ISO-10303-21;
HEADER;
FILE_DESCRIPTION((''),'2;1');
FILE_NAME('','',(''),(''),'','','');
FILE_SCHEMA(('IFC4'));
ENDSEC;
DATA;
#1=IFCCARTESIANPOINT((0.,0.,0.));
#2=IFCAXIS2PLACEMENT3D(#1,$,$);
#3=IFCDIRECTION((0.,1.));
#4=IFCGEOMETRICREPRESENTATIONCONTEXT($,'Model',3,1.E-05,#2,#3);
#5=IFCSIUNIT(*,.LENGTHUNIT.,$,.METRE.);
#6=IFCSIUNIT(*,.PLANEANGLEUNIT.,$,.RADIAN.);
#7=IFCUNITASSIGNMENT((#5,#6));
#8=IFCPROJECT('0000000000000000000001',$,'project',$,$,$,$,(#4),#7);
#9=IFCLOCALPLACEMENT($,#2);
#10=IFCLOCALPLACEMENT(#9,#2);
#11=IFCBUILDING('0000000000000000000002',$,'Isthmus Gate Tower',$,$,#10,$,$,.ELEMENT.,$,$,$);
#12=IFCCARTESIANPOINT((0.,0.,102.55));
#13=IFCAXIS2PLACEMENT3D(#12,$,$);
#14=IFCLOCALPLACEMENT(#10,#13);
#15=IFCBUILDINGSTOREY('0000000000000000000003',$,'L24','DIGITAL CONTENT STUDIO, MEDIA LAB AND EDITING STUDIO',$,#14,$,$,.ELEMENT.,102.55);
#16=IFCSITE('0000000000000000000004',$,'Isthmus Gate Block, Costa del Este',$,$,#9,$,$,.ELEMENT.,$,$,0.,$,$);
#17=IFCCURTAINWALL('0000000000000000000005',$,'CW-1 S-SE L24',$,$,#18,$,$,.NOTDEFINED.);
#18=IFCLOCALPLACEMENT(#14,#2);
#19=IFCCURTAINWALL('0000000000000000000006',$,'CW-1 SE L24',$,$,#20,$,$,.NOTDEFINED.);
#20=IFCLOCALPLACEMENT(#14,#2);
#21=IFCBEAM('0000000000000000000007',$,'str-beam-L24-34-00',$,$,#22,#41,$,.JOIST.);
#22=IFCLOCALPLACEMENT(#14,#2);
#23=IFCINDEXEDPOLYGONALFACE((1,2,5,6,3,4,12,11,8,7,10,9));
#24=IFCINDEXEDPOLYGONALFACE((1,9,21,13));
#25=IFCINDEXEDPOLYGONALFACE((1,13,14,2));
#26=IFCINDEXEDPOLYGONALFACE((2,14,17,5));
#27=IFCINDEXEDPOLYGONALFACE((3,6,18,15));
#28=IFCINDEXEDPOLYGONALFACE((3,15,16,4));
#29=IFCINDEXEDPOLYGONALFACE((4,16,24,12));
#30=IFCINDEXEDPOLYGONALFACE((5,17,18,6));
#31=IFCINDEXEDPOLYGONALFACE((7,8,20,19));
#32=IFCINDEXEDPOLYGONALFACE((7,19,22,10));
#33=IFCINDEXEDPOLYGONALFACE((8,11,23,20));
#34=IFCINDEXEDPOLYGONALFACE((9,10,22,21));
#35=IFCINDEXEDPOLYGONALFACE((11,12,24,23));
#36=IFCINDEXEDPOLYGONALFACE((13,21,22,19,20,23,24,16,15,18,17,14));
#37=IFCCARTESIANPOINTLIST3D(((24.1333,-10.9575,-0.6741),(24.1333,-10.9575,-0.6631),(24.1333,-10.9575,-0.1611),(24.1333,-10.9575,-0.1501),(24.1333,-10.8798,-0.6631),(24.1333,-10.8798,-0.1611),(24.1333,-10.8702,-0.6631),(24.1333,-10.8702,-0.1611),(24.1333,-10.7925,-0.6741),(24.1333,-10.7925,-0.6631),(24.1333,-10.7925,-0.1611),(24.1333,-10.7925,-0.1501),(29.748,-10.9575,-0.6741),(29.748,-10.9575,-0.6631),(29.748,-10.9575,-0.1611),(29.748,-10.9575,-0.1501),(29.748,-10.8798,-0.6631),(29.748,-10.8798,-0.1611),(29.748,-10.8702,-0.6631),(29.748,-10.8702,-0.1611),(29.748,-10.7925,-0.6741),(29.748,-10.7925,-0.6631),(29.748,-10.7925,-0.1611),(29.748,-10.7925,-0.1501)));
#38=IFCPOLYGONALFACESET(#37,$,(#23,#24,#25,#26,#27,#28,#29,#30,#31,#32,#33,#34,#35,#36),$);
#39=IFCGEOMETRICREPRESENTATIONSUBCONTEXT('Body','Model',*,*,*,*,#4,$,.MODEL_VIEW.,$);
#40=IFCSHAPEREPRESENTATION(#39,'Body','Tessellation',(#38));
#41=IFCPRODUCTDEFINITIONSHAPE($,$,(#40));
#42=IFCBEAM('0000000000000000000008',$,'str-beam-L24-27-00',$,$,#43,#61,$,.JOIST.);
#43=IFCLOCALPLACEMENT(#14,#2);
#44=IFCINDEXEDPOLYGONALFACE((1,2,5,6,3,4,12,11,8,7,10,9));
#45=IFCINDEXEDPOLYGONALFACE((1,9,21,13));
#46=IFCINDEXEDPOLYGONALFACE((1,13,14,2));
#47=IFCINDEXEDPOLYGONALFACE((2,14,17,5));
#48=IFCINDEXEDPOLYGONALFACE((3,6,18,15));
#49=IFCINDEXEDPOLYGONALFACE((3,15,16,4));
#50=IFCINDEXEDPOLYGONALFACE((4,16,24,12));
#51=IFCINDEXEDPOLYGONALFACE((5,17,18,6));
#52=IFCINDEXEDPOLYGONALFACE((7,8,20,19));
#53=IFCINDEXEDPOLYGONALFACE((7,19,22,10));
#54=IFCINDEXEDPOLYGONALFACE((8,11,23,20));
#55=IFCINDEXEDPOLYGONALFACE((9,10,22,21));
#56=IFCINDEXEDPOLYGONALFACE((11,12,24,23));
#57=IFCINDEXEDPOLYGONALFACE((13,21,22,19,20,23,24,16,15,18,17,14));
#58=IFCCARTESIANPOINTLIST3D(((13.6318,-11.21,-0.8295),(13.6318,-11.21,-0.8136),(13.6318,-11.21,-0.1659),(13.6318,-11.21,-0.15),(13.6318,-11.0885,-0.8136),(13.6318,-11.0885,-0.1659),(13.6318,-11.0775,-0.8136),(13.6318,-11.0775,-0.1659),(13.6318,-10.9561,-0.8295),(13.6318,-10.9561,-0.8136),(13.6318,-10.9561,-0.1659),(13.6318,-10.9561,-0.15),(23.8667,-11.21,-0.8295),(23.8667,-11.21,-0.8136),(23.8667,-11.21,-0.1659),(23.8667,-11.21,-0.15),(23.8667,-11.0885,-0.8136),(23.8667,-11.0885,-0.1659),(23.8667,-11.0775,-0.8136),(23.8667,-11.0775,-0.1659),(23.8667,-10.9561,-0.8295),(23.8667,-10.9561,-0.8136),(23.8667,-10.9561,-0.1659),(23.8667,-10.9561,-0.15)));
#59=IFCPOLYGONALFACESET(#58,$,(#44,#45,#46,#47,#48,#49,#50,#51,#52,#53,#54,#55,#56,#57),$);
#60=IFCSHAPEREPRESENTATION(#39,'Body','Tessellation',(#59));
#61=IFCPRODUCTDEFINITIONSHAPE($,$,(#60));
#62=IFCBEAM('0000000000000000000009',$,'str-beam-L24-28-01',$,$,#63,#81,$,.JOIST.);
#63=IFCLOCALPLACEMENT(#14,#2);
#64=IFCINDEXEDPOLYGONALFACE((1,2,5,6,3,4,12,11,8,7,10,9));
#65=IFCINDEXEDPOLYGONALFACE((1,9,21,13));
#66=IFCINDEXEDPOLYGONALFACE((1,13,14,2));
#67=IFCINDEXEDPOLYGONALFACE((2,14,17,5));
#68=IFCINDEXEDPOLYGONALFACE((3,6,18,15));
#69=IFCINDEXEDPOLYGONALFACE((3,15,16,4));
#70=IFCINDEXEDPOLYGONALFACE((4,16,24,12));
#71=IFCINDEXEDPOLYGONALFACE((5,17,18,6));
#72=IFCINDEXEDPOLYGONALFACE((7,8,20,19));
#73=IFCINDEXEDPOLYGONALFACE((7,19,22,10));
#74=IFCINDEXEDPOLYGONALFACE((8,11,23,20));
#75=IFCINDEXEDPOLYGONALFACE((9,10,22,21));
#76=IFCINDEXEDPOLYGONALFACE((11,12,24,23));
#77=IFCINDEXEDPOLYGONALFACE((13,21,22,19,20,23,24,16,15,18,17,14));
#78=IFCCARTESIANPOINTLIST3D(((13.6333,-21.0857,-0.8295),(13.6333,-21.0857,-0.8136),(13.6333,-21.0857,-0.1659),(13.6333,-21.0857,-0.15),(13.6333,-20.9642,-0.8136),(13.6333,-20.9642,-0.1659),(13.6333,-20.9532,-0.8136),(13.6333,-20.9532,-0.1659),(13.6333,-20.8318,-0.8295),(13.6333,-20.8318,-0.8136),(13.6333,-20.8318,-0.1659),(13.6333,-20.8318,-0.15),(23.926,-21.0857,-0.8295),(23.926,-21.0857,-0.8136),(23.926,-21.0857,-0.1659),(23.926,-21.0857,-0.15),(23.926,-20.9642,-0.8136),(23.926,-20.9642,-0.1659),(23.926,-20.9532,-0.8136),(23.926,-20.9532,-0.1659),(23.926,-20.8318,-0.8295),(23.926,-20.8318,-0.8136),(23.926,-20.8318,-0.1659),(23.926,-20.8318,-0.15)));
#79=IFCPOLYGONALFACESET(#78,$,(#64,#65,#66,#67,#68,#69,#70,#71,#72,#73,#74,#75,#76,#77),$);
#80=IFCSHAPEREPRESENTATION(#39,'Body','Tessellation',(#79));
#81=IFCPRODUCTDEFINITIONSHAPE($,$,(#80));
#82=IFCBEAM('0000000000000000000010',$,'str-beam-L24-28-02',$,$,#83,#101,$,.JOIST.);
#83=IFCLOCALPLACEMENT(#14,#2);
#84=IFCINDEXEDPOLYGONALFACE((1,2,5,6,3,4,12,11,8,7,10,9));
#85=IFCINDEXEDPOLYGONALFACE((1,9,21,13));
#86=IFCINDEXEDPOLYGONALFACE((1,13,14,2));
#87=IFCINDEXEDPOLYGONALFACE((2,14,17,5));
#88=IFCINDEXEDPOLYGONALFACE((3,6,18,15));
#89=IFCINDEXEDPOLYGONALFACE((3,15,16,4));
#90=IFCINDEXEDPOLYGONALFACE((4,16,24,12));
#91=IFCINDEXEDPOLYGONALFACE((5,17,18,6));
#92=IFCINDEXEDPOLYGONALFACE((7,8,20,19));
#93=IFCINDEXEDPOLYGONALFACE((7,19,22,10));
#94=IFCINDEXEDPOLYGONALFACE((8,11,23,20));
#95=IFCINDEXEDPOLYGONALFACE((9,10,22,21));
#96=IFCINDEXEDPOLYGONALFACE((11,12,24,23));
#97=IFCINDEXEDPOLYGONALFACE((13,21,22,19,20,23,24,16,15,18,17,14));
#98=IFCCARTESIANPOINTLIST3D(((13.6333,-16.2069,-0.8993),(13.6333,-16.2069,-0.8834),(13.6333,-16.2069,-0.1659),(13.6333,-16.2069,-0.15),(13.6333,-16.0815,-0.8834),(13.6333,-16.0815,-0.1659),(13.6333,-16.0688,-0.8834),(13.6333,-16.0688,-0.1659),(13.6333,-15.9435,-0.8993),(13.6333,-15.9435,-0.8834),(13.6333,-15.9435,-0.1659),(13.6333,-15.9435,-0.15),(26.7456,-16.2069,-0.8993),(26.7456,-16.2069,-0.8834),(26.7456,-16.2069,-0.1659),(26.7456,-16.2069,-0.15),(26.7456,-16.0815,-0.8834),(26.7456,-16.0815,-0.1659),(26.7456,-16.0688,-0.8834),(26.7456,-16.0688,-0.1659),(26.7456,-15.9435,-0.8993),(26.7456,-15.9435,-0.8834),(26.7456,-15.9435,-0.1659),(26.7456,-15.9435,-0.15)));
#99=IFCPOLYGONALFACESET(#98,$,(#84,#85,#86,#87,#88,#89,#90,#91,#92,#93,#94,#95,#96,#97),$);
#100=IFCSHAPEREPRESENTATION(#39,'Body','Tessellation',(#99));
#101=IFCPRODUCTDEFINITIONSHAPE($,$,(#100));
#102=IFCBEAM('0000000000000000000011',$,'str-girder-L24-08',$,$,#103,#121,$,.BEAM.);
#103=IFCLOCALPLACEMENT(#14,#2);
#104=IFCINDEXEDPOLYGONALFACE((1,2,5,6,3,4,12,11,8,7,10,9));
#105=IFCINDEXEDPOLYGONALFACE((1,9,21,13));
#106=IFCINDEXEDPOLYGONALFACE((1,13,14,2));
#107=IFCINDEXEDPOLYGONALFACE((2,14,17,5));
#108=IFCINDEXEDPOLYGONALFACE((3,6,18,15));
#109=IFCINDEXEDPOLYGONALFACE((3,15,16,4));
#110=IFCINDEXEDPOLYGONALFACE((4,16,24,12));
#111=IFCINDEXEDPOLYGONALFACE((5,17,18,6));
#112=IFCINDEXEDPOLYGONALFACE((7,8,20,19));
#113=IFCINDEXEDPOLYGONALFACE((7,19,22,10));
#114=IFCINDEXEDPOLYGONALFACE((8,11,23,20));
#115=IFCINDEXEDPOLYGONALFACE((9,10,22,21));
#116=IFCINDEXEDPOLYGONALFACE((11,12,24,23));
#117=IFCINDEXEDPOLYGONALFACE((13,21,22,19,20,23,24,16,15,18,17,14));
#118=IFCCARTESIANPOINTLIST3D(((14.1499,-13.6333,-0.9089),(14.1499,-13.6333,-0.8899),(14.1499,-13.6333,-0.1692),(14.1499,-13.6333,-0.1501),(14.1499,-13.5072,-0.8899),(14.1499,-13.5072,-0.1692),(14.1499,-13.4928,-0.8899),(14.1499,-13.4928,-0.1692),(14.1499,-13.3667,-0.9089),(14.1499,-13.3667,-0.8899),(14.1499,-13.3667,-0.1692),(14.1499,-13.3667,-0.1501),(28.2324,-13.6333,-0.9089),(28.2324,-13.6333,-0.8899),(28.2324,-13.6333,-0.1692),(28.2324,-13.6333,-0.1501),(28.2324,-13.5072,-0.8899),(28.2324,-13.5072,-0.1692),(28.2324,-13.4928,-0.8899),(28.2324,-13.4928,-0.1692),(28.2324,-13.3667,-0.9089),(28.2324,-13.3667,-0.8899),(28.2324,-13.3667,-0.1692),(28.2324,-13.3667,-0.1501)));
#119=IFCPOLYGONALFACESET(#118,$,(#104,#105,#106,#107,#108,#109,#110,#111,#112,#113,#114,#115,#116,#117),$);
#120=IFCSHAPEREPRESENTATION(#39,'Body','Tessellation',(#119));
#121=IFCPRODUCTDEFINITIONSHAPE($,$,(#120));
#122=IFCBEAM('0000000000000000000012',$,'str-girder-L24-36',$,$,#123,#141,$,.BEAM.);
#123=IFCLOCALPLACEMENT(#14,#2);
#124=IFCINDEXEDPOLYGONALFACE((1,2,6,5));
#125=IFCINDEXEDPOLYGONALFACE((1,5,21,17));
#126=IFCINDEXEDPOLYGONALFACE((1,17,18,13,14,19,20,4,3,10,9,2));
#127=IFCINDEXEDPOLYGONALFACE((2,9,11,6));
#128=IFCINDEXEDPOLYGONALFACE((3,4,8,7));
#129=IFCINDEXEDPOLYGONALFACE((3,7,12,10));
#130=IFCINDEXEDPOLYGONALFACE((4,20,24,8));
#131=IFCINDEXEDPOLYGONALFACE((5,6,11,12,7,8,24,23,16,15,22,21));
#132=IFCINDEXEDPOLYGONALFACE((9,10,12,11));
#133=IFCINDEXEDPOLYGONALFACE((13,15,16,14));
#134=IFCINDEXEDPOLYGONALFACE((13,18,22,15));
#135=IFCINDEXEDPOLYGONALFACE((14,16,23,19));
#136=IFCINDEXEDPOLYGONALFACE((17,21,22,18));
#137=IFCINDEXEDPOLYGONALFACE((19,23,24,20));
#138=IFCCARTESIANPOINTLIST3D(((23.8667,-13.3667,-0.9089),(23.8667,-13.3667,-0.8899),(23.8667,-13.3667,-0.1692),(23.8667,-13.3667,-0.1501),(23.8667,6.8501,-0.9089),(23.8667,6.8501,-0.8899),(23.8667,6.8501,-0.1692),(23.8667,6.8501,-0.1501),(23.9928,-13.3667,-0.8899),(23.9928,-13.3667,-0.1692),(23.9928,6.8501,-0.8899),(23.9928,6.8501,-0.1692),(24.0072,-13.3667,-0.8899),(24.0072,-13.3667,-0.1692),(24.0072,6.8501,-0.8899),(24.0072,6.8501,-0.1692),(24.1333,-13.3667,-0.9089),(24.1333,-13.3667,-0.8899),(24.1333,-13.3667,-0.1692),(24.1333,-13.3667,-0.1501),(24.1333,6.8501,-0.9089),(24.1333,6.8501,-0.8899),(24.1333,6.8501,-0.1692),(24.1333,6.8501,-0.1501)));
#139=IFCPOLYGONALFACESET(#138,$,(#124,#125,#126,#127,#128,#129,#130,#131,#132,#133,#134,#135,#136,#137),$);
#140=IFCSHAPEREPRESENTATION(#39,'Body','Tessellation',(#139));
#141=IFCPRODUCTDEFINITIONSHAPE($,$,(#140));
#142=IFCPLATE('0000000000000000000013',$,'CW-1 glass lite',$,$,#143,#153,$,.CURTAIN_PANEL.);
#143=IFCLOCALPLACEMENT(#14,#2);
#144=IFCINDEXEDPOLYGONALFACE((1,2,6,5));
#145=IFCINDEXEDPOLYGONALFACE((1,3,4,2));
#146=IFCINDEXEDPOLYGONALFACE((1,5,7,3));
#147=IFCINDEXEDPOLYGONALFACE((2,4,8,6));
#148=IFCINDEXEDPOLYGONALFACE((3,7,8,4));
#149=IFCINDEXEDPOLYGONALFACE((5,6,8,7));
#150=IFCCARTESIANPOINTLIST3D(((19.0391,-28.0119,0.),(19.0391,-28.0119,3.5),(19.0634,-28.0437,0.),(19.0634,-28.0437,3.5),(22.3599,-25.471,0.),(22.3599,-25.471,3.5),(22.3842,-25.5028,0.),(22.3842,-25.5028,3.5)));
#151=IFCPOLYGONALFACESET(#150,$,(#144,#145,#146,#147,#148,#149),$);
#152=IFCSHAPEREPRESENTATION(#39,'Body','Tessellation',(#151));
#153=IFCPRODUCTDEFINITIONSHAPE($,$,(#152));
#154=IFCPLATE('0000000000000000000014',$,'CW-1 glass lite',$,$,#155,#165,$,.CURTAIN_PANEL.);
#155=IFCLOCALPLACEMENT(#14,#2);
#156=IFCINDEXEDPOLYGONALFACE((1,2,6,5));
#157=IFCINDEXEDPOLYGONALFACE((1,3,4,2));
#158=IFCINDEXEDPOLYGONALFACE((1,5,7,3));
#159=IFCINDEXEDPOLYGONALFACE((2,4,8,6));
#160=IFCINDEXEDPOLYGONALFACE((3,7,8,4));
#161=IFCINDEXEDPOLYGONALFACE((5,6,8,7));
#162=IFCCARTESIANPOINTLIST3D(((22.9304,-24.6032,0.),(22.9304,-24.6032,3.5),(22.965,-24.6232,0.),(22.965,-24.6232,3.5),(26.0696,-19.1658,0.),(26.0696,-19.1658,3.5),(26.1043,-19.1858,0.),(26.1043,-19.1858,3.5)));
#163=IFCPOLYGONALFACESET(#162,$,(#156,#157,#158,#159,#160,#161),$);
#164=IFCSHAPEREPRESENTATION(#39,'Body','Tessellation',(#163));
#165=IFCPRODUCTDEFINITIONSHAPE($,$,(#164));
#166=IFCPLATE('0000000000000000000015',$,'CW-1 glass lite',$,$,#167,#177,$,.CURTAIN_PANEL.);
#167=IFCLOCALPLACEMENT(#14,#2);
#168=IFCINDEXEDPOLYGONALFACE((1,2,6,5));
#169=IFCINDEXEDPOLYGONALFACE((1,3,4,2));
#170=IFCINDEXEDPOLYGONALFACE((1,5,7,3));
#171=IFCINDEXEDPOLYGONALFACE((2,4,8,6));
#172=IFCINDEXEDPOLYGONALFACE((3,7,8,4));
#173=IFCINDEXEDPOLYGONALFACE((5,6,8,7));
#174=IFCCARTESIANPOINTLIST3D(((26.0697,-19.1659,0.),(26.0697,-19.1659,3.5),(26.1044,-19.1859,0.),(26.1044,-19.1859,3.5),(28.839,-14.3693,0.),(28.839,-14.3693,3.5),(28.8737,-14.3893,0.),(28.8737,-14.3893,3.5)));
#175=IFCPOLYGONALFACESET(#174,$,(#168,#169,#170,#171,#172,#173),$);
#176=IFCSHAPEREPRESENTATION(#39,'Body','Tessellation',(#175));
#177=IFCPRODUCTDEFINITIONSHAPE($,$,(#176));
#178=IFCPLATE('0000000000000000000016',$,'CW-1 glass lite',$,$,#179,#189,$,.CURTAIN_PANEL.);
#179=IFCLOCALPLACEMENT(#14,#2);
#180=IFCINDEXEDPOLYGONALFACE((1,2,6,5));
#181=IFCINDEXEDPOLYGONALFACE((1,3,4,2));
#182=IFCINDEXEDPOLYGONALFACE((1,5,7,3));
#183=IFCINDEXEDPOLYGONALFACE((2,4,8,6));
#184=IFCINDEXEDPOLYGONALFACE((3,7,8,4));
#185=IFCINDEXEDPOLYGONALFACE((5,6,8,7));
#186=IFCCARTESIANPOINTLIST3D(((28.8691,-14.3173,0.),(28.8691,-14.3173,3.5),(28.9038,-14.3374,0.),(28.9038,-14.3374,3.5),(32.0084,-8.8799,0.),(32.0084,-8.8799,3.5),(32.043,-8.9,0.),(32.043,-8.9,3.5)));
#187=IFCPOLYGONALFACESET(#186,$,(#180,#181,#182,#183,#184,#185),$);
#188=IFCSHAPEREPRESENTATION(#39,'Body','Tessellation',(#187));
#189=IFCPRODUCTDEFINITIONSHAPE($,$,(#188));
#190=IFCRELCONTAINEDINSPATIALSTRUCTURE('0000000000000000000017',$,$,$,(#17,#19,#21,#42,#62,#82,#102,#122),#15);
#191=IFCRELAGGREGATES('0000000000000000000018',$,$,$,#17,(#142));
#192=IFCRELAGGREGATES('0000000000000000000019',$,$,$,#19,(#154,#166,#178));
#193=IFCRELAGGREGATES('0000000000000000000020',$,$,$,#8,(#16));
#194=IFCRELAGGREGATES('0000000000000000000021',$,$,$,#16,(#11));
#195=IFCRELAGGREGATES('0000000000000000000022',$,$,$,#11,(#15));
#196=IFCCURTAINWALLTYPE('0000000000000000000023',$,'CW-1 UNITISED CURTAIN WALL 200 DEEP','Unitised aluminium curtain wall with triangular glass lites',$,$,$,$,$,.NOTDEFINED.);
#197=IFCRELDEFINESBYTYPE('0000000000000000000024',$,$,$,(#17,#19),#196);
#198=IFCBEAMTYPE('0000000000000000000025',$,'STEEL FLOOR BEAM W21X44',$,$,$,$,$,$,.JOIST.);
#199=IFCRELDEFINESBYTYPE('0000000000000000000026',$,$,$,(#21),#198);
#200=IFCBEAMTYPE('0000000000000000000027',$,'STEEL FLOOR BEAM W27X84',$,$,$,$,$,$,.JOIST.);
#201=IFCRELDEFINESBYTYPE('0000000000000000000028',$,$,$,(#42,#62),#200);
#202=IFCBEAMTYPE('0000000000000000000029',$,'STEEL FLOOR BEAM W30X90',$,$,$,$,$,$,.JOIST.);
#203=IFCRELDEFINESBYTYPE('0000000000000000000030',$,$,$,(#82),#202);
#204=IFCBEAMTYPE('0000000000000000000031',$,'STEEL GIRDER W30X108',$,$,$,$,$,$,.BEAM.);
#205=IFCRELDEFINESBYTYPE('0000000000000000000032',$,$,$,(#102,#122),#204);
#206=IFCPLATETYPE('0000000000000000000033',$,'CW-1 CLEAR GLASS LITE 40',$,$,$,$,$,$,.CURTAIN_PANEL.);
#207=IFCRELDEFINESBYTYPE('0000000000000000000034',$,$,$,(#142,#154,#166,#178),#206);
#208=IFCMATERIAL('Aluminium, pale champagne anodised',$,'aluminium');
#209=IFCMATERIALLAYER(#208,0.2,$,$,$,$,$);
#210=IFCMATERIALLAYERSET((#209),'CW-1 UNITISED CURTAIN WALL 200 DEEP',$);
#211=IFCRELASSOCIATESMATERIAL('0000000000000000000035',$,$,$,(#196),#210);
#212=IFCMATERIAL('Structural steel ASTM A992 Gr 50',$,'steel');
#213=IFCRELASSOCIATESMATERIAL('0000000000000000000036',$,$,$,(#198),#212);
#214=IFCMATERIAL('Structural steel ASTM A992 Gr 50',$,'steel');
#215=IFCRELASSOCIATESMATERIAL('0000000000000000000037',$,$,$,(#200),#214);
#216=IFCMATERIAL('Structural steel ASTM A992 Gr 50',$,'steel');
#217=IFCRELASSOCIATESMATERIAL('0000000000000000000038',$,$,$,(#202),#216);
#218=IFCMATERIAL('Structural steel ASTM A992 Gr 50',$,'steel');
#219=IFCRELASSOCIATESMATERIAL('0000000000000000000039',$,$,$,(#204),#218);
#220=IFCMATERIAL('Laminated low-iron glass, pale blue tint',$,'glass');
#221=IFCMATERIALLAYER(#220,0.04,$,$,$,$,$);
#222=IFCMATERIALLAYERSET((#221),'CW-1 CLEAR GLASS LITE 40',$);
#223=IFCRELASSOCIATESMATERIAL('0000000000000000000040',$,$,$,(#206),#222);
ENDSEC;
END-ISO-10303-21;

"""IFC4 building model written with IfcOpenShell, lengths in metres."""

from ifc_helpers import new_model, si_unit, direction, frame, origin, origin_2d, place, context, subcontext, project, spatial, rectangle, i_section, extrude, material, layer, layer_set, material_profile, profile_set, type_object, element, aggregate, save


model = new_model("IFC4")

# Units and contexts
model_context = context("Model", 3, precision=1e-05, world=origin(), true_north=direction((0.0, 1.0)))
body_context = subcontext(model_context, "Body", "Model", "MODEL_VIEW")
ifc_project = project(units=[si_unit("LENGTHUNIT", "METRE"), si_unit("PLANEANGLEUNIT", "RADIAN")], contexts=[model_context])

# Site, building, storey
site_placement = place(None, origin())
site = spatial("IfcSite", under=ifc_project, at=site_placement, Name="Isthmus Gate Block, Costa del Este", CompositionType="ELEMENT", RefElevation=0.0)
building_placement = place(site_placement, origin())
building = spatial("IfcBuilding", under=site, at=building_placement, Name="Isthmus Gate Tower", CompositionType="ELEMENT")
storey_placement = place(building_placement, frame((0.0, 0.0, 102.55)))
storey = spatial("IfcBuildingStorey", under=building, at=storey_placement, Name="L24", Description="DIGITAL CONTENT STUDIO, MEDIA LAB AND EDITING STUDIO", CompositionType="ELEMENT", Elevation=102.55)

# Curtain wall
ifc_material_1 = material(Name="Aluminium, pale champagne anodised", Category="aluminium")
ifc_layer_1 = layer(ifc_material_1, 0.2)
ifc_layer_set_1 = layer_set([ifc_layer_1], Name="CW-1 UNITISED CURTAIN WALL 200 DEEP")
curtain_wall_type = type_object("IfcCurtainWallType", Name="CW-1 UNITISED CURTAIN WALL 200 DEEP", Description="Unitised aluminium curtain wall with triangular glass lites", PredefinedType="NOTDEFINED", material=ifc_layer_set_1)
curtain_wall_1_placement = place(storey_placement, origin())
curtain_wall_1 = element("IfcCurtainWall", 1, at=curtain_wall_1_placement, inside=storey, type_object=curtain_wall_type, Name="CW-1 S-SE L24", PredefinedType="NOTDEFINED")

# Curtain wall
curtain_wall_2_placement = place(storey_placement, origin())
curtain_wall_2 = element("IfcCurtainWall", 2, at=curtain_wall_2_placement, inside=storey, type_object=curtain_wall_type, Name="CW-1 SE L24", PredefinedType="NOTDEFINED")

# Beams
ifc_material_2 = material(Name="Structural steel ASTM A992 Gr 50", Category="steel")
ifc_material_profile_1 = material_profile(ifc_material_2, i_section(OverallWidth=0.165, OverallDepth=0.5239, WebThickness=0.0095, FlangeThickness=0.011, at=origin_2d()), Name="W21X44")
ifc_profile_set_1 = profile_set([ifc_material_profile_1], Name="Structural steel ASTM A992 Gr 50")
beam_type_1 = type_object("IfcBeamType", Name="STEEL FLOOR BEAM W21X44", PredefinedType="JOIST", material=ifc_profile_set_1)
beam_1_placement = place(storey_placement, frame((24.1333, -10.875, -0.4121), z_axis=(1.0, 0.0, 0.0), x_axis=(0.0, 1.0, 0.0)))
element("IfcBeam", 3, at=beam_1_placement, inside=storey, type_object=beam_type_1, Name="str-beam-L24-34-00", PredefinedType="JOIST", context=body_context, shape_type="SweptSolid", body=[
    extrude(i_section(OverallWidth=0.165, OverallDepth=0.5239, WebThickness=0.0095, FlangeThickness=0.011, at=origin_2d()), origin(), (0.0, 0.0, 1.0), 5.6147),
])
ifc_material_3 = material(Name="Structural steel ASTM A992 Gr 50", Category="steel")
ifc_material_profile_2 = material_profile(ifc_material_3, i_section(OverallWidth=0.2539, OverallDepth=0.6794, WebThickness=0.011, FlangeThickness=0.0159, at=origin_2d()), Name="W27X84")
ifc_profile_set_2 = profile_set([ifc_material_profile_2], Name="Structural steel ASTM A992 Gr 50")
beam_type_2 = type_object("IfcBeamType", Name="STEEL FLOOR BEAM W27X84", PredefinedType="JOIST", material=ifc_profile_set_2)
beam_2_placement = place(storey_placement, frame((13.6318, -11.083, -0.4897), z_axis=(1.0, 0.0, 0.0), x_axis=(0.0, 1.0, 0.0)))
element("IfcBeam", 4, at=beam_2_placement, inside=storey, type_object=beam_type_2, Name="str-beam-L24-27-00", PredefinedType="JOIST", context=body_context, shape_type="SweptSolid", body=[
    extrude(i_section(OverallWidth=0.2539, OverallDepth=0.6794, WebThickness=0.011, FlangeThickness=0.0159, at=origin_2d()), origin(), (0.0, 0.0, 1.0), 10.2349),
])
beam_3_placement = place(storey_placement, frame((13.6333, -20.9587, -0.4897), z_axis=(1.0, 0.0, 0.0), x_axis=(0.0, 1.0, 0.0)))
element("IfcBeam", 5, at=beam_3_placement, inside=storey, type_object=beam_type_2, Name="str-beam-L24-28-01", PredefinedType="JOIST", context=body_context, shape_type="SweptSolid", body=[
    extrude(i_section(OverallWidth=0.2539, OverallDepth=0.6794, WebThickness=0.011, FlangeThickness=0.0159, at=origin_2d()), origin(), (0.0, 0.0, 1.0), 10.2927),
])
ifc_material_4 = material(Name="Structural steel ASTM A992 Gr 50", Category="steel")
ifc_material_profile_3 = material_profile(ifc_material_4, i_section(OverallWidth=0.2634, OverallDepth=0.7493, WebThickness=0.0127, FlangeThickness=0.0159, at=origin_2d()), Name="W30X90")
ifc_profile_set_3 = profile_set([ifc_material_profile_3], Name="Structural steel ASTM A992 Gr 50")
beam_type_3 = type_object("IfcBeamType", Name="STEEL FLOOR BEAM W30X90", PredefinedType="JOIST", material=ifc_profile_set_3)
beam_4_placement = place(storey_placement, frame((13.6333, -16.0752, -0.5247), z_axis=(1.0, 0.0, 0.0), x_axis=(0.0, 1.0, 0.0)))
element("IfcBeam", 6, at=beam_4_placement, inside=storey, type_object=beam_type_3, Name="str-beam-L24-28-02", PredefinedType="JOIST", context=body_context, shape_type="SweptSolid", body=[
    extrude(i_section(OverallWidth=0.2634, OverallDepth=0.7493, WebThickness=0.0127, FlangeThickness=0.0159, at=origin_2d()), origin(), (0.0, 0.0, 1.0), 13.1123),
])
ifc_material_5 = material(Name="Structural steel ASTM A992 Gr 50", Category="steel")
ifc_material_profile_4 = material_profile(ifc_material_5, i_section(OverallWidth=0.2666, OverallDepth=0.7588, WebThickness=0.0144, FlangeThickness=0.019, at=origin_2d()), Name="W30X108")
ifc_profile_set_4 = profile_set([ifc_material_profile_4], Name="Structural steel ASTM A992 Gr 50")
beam_type_4 = type_object("IfcBeamType", Name="STEEL GIRDER W30X108", PredefinedType="BEAM", material=ifc_profile_set_4)
beam_5_placement = place(storey_placement, frame((14.1499, -13.5, -0.5295), z_axis=(1.0, 0.0, 0.0), x_axis=(0.0, 1.0, 0.0)))
element("IfcBeam", 7, at=beam_5_placement, inside=storey, type_object=beam_type_4, Name="str-girder-L24-08", PredefinedType="BEAM", context=body_context, shape_type="SweptSolid", body=[
    extrude(i_section(OverallWidth=0.2666, OverallDepth=0.7588, WebThickness=0.0144, FlangeThickness=0.019, at=origin_2d()), origin(), (0.0, 0.0, 1.0), 14.0825),
])
beam_6_placement = place(storey_placement, frame((24.0, -13.3667, -0.5295), z_axis=(0.0, 1.0, 0.0), x_axis=(-1.0, 0.0, 0.0)))
element("IfcBeam", 8, at=beam_6_placement, inside=storey, type_object=beam_type_4, Name="str-girder-L24-36", PredefinedType="BEAM", context=body_context, shape_type="SweptSolid", body=[
    extrude(i_section(OverallWidth=0.2666, OverallDepth=0.7588, WebThickness=0.0144, FlangeThickness=0.019, at=origin_2d()), origin(), (0.0, 0.0, 1.0), 20.2168),
])

# Plates
ifc_material_6 = material(Name="Laminated low-iron glass, pale blue tint", Category="glass")
ifc_layer_2 = layer(ifc_material_6, 0.04)
ifc_layer_set_2 = layer_set([ifc_layer_2], Name="CW-1 CLEAR GLASS LITE 40")
plate_type = type_object("IfcPlateType", Name="CW-1 CLEAR GLASS LITE 40", PredefinedType="CURTAIN_PANEL", material=ifc_layer_set_2)
plate_1_placement = place(storey_placement, frame((20.7117, -26.7573, 0.0), z_axis=(0.0, 0.0, 1.0), x_axis=(0.794189, 0.607671, 0.0)))
plate_1 = element("IfcPlate", 9, at=plate_1_placement, type_object=plate_type, Name="CW-1 glass lite", PredefinedType="CURTAIN_PANEL", context=body_context, shape_type="SweptSolid", body=[
    extrude(rectangle(XDim=4.1814, YDim=0.04, at=origin_2d()), origin(), (0.0, 0.0, 1.0), 3.5),
])
aggregate(curtain_wall_1, [plate_1])
plate_2_placement = place(storey_placement, frame((24.5173, -21.8945, 0.0), z_axis=(0.0, 0.0, 1.0), x_axis=(0.5, 0.866025, 0.0)))
plate_2 = element("IfcPlate", 10, at=plate_2_placement, type_object=plate_type, Name="CW-1 glass lite", PredefinedType="CURTAIN_PANEL", context=body_context, shape_type="SweptSolid", body=[
    extrude(rectangle(XDim=6.2786, YDim=0.04, at=origin_2d()), origin(), (0.0, 0.0, 1.0), 3.5),
])
plate_3_placement = place(storey_placement, frame((27.4717, -16.7776, 0.0), z_axis=(0.0, 0.0, 1.0), x_axis=(0.5, 0.866025, 0.0)))
plate_3 = element("IfcPlate", 11, at=plate_3_placement, type_object=plate_type, Name="CW-1 glass lite", PredefinedType="CURTAIN_PANEL", context=body_context, shape_type="SweptSolid", body=[
    extrude(rectangle(XDim=5.5386, YDim=0.04, at=origin_2d()), origin(), (0.0, 0.0, 1.0), 3.5),
])
plate_4_placement = place(storey_placement, frame((30.4561, -11.6086, 0.0), z_axis=(0.0, 0.0, 1.0), x_axis=(0.5, 0.866025, 0.0)))
plate_4 = element("IfcPlate", 12, at=plate_4_placement, type_object=plate_type, Name="CW-1 glass lite", PredefinedType="CURTAIN_PANEL", context=body_context, shape_type="SweptSolid", body=[
    extrude(rectangle(XDim=6.2786, YDim=0.04, at=origin_2d()), origin(), (0.0, 0.0, 1.0), 3.5),
])
aggregate(curtain_wall_2, [plate_2, plate_3, plate_4])

save(model, "model.ifc")
